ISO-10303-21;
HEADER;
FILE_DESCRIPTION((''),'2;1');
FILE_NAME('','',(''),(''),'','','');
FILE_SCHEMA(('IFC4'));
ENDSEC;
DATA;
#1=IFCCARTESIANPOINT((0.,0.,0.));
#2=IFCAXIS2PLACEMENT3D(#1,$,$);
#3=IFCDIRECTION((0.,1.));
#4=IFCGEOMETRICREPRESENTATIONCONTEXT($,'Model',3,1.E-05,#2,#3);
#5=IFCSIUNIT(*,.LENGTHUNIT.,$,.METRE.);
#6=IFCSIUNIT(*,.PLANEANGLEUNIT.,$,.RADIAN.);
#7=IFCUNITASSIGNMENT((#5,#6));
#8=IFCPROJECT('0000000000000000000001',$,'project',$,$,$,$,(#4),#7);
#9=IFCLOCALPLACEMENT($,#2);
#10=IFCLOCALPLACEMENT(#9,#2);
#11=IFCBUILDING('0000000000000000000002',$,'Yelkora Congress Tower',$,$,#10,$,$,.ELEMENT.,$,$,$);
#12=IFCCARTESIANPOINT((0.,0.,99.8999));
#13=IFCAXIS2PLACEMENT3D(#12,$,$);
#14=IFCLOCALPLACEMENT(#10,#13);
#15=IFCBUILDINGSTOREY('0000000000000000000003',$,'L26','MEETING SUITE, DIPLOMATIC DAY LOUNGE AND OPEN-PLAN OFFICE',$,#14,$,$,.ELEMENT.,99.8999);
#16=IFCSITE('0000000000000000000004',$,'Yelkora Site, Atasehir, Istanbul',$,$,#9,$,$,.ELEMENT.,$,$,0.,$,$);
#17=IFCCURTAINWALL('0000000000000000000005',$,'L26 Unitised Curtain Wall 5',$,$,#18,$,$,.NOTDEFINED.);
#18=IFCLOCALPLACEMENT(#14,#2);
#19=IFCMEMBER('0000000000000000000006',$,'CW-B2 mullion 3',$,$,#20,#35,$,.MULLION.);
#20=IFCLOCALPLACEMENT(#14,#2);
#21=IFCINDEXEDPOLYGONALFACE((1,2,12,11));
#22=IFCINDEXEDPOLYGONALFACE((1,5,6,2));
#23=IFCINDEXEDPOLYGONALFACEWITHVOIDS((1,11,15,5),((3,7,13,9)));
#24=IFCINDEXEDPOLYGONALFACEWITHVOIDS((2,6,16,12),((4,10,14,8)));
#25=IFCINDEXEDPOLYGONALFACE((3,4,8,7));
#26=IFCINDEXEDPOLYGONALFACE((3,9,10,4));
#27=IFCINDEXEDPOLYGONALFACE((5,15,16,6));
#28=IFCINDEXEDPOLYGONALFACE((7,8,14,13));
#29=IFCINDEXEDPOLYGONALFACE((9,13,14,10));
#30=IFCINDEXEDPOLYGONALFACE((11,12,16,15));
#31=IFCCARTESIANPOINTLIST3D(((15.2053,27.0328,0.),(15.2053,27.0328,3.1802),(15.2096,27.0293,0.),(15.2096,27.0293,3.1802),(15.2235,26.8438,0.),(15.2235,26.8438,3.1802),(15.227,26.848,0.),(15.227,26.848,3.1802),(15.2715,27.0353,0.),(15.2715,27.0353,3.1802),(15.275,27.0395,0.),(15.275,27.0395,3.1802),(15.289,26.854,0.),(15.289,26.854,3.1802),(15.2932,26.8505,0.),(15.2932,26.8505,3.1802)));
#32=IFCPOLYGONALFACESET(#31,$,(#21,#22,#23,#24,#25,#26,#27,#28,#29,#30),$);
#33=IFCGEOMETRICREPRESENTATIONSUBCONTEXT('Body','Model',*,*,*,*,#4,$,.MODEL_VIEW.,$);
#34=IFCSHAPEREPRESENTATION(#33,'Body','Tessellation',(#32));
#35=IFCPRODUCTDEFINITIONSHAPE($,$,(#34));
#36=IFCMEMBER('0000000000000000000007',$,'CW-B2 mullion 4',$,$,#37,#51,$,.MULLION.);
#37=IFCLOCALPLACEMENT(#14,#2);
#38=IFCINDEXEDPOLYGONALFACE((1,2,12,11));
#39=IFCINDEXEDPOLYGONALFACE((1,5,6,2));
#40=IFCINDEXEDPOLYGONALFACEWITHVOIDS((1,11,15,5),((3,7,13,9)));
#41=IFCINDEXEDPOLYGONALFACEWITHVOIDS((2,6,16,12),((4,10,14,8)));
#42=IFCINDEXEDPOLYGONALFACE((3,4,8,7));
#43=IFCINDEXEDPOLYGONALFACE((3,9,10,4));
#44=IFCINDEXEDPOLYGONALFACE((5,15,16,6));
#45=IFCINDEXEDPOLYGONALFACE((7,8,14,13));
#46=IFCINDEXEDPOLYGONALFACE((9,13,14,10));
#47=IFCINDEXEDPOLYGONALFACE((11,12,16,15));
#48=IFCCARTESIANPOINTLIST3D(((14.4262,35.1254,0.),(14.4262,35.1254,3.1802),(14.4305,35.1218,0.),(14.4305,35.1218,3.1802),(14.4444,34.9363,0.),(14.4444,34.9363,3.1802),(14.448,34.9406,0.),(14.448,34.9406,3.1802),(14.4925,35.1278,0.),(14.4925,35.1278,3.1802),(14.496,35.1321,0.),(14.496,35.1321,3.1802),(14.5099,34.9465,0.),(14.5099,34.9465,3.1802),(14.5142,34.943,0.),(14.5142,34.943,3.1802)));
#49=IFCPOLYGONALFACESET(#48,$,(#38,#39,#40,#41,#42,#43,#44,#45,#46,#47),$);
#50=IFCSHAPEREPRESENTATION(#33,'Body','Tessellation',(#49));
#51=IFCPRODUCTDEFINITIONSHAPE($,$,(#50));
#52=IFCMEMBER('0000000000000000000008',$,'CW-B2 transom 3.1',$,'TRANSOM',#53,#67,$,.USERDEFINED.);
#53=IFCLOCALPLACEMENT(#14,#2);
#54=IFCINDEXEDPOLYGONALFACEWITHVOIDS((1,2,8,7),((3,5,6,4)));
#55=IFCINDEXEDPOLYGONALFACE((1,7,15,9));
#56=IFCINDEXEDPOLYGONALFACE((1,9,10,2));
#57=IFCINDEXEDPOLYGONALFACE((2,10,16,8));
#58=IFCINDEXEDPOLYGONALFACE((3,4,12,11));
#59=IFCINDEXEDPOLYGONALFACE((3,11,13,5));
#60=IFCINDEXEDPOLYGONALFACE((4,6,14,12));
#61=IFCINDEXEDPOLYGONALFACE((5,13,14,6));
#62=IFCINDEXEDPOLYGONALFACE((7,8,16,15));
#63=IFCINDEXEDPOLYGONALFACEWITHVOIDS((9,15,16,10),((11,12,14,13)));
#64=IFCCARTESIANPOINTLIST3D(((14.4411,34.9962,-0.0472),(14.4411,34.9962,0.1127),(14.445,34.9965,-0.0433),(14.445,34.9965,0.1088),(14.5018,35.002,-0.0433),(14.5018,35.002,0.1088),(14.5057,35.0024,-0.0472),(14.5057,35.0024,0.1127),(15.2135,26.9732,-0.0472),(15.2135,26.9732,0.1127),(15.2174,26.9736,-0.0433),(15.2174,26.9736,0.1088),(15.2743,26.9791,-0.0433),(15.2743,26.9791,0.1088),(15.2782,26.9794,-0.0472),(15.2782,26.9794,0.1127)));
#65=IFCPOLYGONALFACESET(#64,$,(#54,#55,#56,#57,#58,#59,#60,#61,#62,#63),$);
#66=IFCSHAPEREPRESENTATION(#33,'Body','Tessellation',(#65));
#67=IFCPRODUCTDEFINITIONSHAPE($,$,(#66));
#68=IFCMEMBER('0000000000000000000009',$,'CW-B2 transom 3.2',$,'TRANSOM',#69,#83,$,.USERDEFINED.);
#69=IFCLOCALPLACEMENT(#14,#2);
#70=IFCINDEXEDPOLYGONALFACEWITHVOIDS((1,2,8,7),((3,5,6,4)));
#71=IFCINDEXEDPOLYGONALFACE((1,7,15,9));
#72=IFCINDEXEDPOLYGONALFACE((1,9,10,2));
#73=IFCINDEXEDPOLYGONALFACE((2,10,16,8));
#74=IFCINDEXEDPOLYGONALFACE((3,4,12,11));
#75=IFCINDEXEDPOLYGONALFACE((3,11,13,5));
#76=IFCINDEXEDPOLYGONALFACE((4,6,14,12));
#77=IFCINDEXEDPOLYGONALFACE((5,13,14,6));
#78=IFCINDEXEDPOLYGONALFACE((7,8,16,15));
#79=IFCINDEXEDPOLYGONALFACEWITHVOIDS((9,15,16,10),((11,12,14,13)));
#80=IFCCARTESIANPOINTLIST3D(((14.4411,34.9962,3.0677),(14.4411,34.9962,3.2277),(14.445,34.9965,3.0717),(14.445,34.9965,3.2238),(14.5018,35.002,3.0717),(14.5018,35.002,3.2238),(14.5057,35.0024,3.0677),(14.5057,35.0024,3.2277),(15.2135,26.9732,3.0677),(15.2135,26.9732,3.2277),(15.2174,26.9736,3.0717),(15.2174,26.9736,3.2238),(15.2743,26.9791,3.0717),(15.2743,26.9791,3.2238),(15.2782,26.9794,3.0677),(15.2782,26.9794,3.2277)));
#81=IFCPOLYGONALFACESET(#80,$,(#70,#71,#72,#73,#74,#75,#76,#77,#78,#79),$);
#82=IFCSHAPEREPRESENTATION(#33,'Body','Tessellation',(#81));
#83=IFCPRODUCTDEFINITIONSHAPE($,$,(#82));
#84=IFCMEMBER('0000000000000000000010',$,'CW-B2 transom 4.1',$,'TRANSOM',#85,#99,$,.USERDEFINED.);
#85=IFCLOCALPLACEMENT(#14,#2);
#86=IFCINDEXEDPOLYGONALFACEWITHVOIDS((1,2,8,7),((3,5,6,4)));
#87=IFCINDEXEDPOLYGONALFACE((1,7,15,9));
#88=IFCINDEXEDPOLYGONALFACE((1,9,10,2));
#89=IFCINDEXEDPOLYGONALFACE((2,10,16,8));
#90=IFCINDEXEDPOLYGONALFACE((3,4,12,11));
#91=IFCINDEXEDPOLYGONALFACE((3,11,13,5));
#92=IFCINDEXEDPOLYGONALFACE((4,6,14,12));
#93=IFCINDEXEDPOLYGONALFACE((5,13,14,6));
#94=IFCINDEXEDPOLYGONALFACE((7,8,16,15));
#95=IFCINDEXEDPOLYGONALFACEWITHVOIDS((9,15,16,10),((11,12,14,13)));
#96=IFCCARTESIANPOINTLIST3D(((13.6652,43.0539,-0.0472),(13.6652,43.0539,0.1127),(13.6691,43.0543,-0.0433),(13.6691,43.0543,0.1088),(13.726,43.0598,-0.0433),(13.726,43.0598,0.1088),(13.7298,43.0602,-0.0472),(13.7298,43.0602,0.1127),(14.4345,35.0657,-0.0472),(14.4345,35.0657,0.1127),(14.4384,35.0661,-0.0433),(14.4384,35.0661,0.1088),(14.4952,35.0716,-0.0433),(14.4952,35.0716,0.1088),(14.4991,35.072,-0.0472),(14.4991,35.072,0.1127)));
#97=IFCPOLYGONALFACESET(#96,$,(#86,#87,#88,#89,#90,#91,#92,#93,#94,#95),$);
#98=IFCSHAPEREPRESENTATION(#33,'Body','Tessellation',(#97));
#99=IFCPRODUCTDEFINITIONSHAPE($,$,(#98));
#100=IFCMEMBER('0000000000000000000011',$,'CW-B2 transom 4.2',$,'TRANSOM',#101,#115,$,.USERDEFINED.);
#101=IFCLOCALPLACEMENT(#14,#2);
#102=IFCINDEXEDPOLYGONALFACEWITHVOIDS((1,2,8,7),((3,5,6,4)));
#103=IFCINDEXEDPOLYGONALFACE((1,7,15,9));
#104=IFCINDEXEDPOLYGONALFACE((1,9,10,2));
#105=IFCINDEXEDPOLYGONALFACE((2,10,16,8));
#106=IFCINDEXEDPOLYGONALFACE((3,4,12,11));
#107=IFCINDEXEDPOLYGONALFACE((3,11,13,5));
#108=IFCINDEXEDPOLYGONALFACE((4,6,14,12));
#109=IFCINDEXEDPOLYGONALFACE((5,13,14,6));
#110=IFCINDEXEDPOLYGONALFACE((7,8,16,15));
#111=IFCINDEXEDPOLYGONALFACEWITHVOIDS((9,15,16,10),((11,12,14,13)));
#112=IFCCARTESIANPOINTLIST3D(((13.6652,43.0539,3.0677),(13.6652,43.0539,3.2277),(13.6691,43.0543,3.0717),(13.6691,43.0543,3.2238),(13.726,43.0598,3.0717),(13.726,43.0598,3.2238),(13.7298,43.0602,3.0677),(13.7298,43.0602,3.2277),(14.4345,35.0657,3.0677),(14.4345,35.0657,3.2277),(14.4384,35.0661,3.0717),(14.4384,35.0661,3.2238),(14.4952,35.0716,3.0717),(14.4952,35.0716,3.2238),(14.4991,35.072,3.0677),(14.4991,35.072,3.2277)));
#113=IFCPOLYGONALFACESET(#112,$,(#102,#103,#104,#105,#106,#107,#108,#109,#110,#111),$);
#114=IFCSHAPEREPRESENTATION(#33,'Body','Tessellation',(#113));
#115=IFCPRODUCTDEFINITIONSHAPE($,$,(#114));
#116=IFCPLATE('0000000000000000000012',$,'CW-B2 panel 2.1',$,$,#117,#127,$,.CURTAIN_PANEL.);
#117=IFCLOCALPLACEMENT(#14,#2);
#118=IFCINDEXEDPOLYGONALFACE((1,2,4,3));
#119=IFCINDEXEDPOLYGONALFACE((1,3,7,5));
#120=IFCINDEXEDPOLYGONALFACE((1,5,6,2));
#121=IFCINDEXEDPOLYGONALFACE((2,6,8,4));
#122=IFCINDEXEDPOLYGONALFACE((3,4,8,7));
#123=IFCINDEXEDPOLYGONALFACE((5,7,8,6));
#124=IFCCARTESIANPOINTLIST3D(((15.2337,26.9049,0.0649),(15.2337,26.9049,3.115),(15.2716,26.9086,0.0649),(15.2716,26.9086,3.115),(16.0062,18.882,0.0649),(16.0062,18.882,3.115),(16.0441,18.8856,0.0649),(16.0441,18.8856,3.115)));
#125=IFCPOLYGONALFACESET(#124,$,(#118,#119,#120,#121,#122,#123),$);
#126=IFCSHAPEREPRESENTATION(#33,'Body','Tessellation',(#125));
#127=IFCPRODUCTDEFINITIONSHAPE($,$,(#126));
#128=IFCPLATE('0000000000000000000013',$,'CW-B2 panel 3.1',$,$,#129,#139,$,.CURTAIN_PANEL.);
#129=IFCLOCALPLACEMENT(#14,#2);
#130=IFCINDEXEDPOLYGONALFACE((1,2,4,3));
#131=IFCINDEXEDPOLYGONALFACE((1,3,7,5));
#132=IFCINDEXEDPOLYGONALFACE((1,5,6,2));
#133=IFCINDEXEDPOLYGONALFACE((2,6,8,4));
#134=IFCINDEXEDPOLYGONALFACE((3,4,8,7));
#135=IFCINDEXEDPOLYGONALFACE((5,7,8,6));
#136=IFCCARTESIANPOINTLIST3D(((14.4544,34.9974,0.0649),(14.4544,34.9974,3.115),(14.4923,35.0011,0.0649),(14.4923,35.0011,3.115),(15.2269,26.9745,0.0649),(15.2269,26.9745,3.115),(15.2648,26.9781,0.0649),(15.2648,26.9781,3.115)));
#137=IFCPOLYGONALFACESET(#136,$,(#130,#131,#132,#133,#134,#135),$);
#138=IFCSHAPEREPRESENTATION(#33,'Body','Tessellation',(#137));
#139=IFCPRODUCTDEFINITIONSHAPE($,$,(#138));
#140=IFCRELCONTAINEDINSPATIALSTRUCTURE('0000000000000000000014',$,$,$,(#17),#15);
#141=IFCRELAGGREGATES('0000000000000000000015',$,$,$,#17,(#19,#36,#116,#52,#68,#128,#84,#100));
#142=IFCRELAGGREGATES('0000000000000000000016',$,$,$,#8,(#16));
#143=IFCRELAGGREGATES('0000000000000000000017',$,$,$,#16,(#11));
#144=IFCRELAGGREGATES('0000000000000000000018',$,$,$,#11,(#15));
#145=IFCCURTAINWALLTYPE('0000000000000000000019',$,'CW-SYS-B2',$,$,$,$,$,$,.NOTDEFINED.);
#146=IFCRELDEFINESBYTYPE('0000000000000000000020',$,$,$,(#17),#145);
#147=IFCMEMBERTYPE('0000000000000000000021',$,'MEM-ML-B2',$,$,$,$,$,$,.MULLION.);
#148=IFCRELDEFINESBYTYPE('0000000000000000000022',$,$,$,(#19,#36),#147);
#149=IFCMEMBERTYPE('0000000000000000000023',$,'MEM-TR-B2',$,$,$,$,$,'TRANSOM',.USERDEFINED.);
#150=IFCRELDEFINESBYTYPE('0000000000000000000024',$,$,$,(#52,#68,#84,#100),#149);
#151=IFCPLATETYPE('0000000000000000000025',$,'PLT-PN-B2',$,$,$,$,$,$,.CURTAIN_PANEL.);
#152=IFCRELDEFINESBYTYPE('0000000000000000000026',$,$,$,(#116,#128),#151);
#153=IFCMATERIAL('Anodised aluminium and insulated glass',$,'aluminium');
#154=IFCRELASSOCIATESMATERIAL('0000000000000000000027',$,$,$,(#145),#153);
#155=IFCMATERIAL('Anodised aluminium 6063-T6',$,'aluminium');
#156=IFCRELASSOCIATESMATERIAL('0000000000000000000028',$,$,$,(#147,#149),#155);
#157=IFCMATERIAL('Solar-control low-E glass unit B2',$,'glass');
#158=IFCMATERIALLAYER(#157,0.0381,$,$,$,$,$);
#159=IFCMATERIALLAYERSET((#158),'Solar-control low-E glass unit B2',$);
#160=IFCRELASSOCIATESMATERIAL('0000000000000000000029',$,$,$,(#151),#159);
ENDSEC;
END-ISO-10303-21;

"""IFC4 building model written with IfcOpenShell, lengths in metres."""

from ifc_helpers import new_model, si_unit, direction, frame, origin, origin_2d, place, context, subcontext, project, spatial, rectangle, hollow_rectangle, extrude, material, layer, layer_set, material_profile, profile_set, type_object, element, aggregate, save


model = new_model("IFC4")

# Units and contexts
model_context = context("Model", 3, precision=1e-05, world=origin(), true_north=direction((0.0, 1.0)))
body_context = subcontext(model_context, "Body", "Model", "MODEL_VIEW")
ifc_project = project(units=[si_unit("LENGTHUNIT", "METRE"), si_unit("PLANEANGLEUNIT", "RADIAN")], contexts=[model_context])

# Site, building, storey
site_placement = place(None, origin())
site = spatial("IfcSite", under=ifc_project, at=site_placement, Name="Yelkora Site, Atasehir, Istanbul", CompositionType="ELEMENT", RefElevation=0.0)
building_placement = place(site_placement, origin())
building = spatial("IfcBuilding", under=site, at=building_placement, Name="Yelkora Congress Tower", CompositionType="ELEMENT")
storey_placement = place(building_placement, frame((0.0, 0.0, 99.8999)))
storey = spatial("IfcBuildingStorey", under=building, at=storey_placement, Name="L26", Description="MEETING SUITE, DIPLOMATIC DAY LOUNGE AND OPEN-PLAN OFFICE", CompositionType="ELEMENT", Elevation=99.8999)

# Curtain wall, members, plates
ifc_material_1 = material(Name="Anodised aluminium and insulated glass", Category="aluminium")
curtain_wall_type = type_object("IfcCurtainWallType", Name="CW-SYS-B2", PredefinedType="NOTDEFINED", material=ifc_material_1)
curtain_wall_placement = place(storey_placement, origin())
curtain_wall = element("IfcCurtainWall", 1, at=curtain_wall_placement, inside=storey, type_object=curtain_wall_type, Name="L26 Unitised Curtain Wall 5", PredefinedType="NOTDEFINED")
ifc_material_2 = material(Name="Anodised aluminium 6063-T6", Category="aluminium")
ifc_material_profile_1 = material_profile(ifc_material_2, hollow_rectangle(XDim=0.0701, YDim=0.1899, WallThickness=0.0039, at=origin_2d()), Name="ALU 70x190x4")
ifc_profile_set_1 = profile_set([ifc_material_profile_1], Name="Anodised aluminium 6063-T6")
member_type_1 = type_object("IfcMemberType", Name="MEM-ML-B2", PredefinedType="MULLION", material=ifc_profile_set_1)
member_1_placement = place(storey_placement, frame((15.2493, 26.9417, 0.0), z_axis=(0.0, 0.0, 1.0), x_axis=(-0.995397, -0.095843, 0.0)))
member_1 = element("IfcMember", 2, at=member_1_placement, type_object=member_type_1, Name="CW-B2 mullion 3", PredefinedType="MULLION", context=body_context, shape_type="SweptSolid", body=[
    extrude(hollow_rectangle(XDim=0.0701, YDim=0.1899, WallThickness=0.0039, at=origin_2d()), origin(), (0.0, 0.0, 1.0), 3.1802),
])
member_2_placement = place(storey_placement, frame((14.4702, 35.0342, 0.0), z_axis=(0.0, 0.0, 1.0), x_axis=(-0.995397, -0.095843, 0.0)))
member_2 = element("IfcMember", 3, at=member_2_placement, type_object=member_type_1, Name="CW-B2 mullion 4", PredefinedType="MULLION", context=body_context, shape_type="SweptSolid", body=[
    extrude(hollow_rectangle(XDim=0.0701, YDim=0.1899, WallThickness=0.0039, at=origin_2d()), origin(), (0.0, 0.0, 1.0), 3.1802),
])
ifc_material_profile_2 = material_profile(ifc_material_2, hollow_rectangle(XDim=0.0649, YDim=0.1599, WallThickness=0.0039, at=origin_2d()), Name="ALU 65x160x4")
ifc_profile_set_2 = profile_set([ifc_material_profile_2], Name="Anodised aluminium 6063-T6")
member_type_2 = type_object("IfcMemberType", Name="MEM-TR-B2", ElementType="TRANSOM", PredefinedType="USERDEFINED", material=ifc_profile_set_2)
member_3_placement = place(storey_placement, frame((15.2458, 26.9763, 0.0327), z_axis=(-0.095838, 0.995397, 0.0), x_axis=(-0.995397, -0.095838, 0.0)))
member_3 = element("IfcMember", 4, at=member_3_placement, type_object=member_type_2, Name="CW-B2 transom 3.1", ObjectType="TRANSOM", PredefinedType="USERDEFINED", context=body_context, shape_type="SweptSolid", body=[
    extrude(hollow_rectangle(XDim=0.0649, YDim=0.1599, WallThickness=0.0039, at=origin_2d()), origin(), (0.0, 0.0, 1.0), 8.0601),
])
member_4_placement = place(storey_placement, frame((15.2458, 26.9763, 3.1477), z_axis=(-0.095838, 0.995397, 0.0), x_axis=(-0.995397, -0.095838, 0.0)))
member_4 = element("IfcMember", 5, at=member_4_placement, type_object=member_type_2, Name="CW-B2 transom 3.2", ObjectType="TRANSOM", PredefinedType="USERDEFINED", context=body_context, shape_type="SweptSolid", body=[
    extrude(hollow_rectangle(XDim=0.0649, YDim=0.1599, WallThickness=0.0039, at=origin_2d()), origin(), (0.0, 0.0, 1.0), 8.0601),
])
member_5_placement = place(storey_placement, frame((14.4668, 35.0688, 0.0327), z_axis=(-0.095858, 0.995395, 0.0), x_axis=(-0.995395, -0.095858, 0.0)))
member_5 = element("IfcMember", 6, at=member_5_placement, type_object=member_type_2, Name="CW-B2 transom 4.1", ObjectType="TRANSOM", PredefinedType="USERDEFINED", context=body_context, shape_type="SweptSolid", body=[
    extrude(hollow_rectangle(XDim=0.0649, YDim=0.1599, WallThickness=0.0039, at=origin_2d()), origin(), (0.0, 0.0, 1.0), 8.0251),
])
member_6_placement = place(storey_placement, frame((14.4668, 35.0688, 3.1477), z_axis=(-0.095858, 0.995395, 0.0), x_axis=(-0.995395, -0.095858, 0.0)))
member_6 = element("IfcMember", 7, at=member_6_placement, type_object=member_type_2, Name="CW-B2 transom 4.2", ObjectType="TRANSOM", PredefinedType="USERDEFINED", context=body_context, shape_type="SweptSolid", body=[
    extrude(hollow_rectangle(XDim=0.0649, YDim=0.1599, WallThickness=0.0039, at=origin_2d()), origin(), (0.0, 0.0, 1.0), 8.0251),
])
ifc_material_3 = material(Name="Solar-control low-E glass unit B2", Category="glass")
ifc_layer_1 = layer(ifc_material_3, 0.0381)
ifc_layer_set_1 = layer_set([ifc_layer_1], Name="Solar-control low-E glass unit B2")
plate_type = type_object("IfcPlateType", Name="PLT-PN-B2", PredefinedType="CURTAIN_PANEL", material=ifc_layer_set_1)
plate_1_placement = place(storey_placement, frame((15.6389, 22.8953, 0.0649), z_axis=(0.0, 0.0, 1.0), x_axis=(-0.095843, 0.995397, 0.0)))
plate_1 = element("IfcPlate", 8, at=plate_1_placement, type_object=plate_type, Name="CW-B2 panel 2.1", PredefinedType="CURTAIN_PANEL", context=body_context, shape_type="SweptSolid", body=[
    extrude(rectangle(XDim=8.0601, YDim=0.0381, at=origin_2d()), origin(), (0.0, 0.0, 1.0), 3.05),
])
plate_2_placement = place(storey_placement, frame((14.8596, 30.9878, 0.0649), z_axis=(0.0, 0.0, 1.0), x_axis=(-0.095843, 0.995397, 0.0)))
plate_2 = element("IfcPlate", 9, at=plate_2_placement, type_object=plate_type, Name="CW-B2 panel 3.1", PredefinedType="CURTAIN_PANEL", context=body_context, shape_type="SweptSolid", body=[
    extrude(rectangle(XDim=8.0601, YDim=0.0381, at=origin_2d()), origin(), (0.0, 0.0, 1.0), 3.05),
])
aggregate(curtain_wall, [member_1, member_2, plate_1, member_3, member_4, plate_2, member_5, member_6])

save(model, "model.ifc")
